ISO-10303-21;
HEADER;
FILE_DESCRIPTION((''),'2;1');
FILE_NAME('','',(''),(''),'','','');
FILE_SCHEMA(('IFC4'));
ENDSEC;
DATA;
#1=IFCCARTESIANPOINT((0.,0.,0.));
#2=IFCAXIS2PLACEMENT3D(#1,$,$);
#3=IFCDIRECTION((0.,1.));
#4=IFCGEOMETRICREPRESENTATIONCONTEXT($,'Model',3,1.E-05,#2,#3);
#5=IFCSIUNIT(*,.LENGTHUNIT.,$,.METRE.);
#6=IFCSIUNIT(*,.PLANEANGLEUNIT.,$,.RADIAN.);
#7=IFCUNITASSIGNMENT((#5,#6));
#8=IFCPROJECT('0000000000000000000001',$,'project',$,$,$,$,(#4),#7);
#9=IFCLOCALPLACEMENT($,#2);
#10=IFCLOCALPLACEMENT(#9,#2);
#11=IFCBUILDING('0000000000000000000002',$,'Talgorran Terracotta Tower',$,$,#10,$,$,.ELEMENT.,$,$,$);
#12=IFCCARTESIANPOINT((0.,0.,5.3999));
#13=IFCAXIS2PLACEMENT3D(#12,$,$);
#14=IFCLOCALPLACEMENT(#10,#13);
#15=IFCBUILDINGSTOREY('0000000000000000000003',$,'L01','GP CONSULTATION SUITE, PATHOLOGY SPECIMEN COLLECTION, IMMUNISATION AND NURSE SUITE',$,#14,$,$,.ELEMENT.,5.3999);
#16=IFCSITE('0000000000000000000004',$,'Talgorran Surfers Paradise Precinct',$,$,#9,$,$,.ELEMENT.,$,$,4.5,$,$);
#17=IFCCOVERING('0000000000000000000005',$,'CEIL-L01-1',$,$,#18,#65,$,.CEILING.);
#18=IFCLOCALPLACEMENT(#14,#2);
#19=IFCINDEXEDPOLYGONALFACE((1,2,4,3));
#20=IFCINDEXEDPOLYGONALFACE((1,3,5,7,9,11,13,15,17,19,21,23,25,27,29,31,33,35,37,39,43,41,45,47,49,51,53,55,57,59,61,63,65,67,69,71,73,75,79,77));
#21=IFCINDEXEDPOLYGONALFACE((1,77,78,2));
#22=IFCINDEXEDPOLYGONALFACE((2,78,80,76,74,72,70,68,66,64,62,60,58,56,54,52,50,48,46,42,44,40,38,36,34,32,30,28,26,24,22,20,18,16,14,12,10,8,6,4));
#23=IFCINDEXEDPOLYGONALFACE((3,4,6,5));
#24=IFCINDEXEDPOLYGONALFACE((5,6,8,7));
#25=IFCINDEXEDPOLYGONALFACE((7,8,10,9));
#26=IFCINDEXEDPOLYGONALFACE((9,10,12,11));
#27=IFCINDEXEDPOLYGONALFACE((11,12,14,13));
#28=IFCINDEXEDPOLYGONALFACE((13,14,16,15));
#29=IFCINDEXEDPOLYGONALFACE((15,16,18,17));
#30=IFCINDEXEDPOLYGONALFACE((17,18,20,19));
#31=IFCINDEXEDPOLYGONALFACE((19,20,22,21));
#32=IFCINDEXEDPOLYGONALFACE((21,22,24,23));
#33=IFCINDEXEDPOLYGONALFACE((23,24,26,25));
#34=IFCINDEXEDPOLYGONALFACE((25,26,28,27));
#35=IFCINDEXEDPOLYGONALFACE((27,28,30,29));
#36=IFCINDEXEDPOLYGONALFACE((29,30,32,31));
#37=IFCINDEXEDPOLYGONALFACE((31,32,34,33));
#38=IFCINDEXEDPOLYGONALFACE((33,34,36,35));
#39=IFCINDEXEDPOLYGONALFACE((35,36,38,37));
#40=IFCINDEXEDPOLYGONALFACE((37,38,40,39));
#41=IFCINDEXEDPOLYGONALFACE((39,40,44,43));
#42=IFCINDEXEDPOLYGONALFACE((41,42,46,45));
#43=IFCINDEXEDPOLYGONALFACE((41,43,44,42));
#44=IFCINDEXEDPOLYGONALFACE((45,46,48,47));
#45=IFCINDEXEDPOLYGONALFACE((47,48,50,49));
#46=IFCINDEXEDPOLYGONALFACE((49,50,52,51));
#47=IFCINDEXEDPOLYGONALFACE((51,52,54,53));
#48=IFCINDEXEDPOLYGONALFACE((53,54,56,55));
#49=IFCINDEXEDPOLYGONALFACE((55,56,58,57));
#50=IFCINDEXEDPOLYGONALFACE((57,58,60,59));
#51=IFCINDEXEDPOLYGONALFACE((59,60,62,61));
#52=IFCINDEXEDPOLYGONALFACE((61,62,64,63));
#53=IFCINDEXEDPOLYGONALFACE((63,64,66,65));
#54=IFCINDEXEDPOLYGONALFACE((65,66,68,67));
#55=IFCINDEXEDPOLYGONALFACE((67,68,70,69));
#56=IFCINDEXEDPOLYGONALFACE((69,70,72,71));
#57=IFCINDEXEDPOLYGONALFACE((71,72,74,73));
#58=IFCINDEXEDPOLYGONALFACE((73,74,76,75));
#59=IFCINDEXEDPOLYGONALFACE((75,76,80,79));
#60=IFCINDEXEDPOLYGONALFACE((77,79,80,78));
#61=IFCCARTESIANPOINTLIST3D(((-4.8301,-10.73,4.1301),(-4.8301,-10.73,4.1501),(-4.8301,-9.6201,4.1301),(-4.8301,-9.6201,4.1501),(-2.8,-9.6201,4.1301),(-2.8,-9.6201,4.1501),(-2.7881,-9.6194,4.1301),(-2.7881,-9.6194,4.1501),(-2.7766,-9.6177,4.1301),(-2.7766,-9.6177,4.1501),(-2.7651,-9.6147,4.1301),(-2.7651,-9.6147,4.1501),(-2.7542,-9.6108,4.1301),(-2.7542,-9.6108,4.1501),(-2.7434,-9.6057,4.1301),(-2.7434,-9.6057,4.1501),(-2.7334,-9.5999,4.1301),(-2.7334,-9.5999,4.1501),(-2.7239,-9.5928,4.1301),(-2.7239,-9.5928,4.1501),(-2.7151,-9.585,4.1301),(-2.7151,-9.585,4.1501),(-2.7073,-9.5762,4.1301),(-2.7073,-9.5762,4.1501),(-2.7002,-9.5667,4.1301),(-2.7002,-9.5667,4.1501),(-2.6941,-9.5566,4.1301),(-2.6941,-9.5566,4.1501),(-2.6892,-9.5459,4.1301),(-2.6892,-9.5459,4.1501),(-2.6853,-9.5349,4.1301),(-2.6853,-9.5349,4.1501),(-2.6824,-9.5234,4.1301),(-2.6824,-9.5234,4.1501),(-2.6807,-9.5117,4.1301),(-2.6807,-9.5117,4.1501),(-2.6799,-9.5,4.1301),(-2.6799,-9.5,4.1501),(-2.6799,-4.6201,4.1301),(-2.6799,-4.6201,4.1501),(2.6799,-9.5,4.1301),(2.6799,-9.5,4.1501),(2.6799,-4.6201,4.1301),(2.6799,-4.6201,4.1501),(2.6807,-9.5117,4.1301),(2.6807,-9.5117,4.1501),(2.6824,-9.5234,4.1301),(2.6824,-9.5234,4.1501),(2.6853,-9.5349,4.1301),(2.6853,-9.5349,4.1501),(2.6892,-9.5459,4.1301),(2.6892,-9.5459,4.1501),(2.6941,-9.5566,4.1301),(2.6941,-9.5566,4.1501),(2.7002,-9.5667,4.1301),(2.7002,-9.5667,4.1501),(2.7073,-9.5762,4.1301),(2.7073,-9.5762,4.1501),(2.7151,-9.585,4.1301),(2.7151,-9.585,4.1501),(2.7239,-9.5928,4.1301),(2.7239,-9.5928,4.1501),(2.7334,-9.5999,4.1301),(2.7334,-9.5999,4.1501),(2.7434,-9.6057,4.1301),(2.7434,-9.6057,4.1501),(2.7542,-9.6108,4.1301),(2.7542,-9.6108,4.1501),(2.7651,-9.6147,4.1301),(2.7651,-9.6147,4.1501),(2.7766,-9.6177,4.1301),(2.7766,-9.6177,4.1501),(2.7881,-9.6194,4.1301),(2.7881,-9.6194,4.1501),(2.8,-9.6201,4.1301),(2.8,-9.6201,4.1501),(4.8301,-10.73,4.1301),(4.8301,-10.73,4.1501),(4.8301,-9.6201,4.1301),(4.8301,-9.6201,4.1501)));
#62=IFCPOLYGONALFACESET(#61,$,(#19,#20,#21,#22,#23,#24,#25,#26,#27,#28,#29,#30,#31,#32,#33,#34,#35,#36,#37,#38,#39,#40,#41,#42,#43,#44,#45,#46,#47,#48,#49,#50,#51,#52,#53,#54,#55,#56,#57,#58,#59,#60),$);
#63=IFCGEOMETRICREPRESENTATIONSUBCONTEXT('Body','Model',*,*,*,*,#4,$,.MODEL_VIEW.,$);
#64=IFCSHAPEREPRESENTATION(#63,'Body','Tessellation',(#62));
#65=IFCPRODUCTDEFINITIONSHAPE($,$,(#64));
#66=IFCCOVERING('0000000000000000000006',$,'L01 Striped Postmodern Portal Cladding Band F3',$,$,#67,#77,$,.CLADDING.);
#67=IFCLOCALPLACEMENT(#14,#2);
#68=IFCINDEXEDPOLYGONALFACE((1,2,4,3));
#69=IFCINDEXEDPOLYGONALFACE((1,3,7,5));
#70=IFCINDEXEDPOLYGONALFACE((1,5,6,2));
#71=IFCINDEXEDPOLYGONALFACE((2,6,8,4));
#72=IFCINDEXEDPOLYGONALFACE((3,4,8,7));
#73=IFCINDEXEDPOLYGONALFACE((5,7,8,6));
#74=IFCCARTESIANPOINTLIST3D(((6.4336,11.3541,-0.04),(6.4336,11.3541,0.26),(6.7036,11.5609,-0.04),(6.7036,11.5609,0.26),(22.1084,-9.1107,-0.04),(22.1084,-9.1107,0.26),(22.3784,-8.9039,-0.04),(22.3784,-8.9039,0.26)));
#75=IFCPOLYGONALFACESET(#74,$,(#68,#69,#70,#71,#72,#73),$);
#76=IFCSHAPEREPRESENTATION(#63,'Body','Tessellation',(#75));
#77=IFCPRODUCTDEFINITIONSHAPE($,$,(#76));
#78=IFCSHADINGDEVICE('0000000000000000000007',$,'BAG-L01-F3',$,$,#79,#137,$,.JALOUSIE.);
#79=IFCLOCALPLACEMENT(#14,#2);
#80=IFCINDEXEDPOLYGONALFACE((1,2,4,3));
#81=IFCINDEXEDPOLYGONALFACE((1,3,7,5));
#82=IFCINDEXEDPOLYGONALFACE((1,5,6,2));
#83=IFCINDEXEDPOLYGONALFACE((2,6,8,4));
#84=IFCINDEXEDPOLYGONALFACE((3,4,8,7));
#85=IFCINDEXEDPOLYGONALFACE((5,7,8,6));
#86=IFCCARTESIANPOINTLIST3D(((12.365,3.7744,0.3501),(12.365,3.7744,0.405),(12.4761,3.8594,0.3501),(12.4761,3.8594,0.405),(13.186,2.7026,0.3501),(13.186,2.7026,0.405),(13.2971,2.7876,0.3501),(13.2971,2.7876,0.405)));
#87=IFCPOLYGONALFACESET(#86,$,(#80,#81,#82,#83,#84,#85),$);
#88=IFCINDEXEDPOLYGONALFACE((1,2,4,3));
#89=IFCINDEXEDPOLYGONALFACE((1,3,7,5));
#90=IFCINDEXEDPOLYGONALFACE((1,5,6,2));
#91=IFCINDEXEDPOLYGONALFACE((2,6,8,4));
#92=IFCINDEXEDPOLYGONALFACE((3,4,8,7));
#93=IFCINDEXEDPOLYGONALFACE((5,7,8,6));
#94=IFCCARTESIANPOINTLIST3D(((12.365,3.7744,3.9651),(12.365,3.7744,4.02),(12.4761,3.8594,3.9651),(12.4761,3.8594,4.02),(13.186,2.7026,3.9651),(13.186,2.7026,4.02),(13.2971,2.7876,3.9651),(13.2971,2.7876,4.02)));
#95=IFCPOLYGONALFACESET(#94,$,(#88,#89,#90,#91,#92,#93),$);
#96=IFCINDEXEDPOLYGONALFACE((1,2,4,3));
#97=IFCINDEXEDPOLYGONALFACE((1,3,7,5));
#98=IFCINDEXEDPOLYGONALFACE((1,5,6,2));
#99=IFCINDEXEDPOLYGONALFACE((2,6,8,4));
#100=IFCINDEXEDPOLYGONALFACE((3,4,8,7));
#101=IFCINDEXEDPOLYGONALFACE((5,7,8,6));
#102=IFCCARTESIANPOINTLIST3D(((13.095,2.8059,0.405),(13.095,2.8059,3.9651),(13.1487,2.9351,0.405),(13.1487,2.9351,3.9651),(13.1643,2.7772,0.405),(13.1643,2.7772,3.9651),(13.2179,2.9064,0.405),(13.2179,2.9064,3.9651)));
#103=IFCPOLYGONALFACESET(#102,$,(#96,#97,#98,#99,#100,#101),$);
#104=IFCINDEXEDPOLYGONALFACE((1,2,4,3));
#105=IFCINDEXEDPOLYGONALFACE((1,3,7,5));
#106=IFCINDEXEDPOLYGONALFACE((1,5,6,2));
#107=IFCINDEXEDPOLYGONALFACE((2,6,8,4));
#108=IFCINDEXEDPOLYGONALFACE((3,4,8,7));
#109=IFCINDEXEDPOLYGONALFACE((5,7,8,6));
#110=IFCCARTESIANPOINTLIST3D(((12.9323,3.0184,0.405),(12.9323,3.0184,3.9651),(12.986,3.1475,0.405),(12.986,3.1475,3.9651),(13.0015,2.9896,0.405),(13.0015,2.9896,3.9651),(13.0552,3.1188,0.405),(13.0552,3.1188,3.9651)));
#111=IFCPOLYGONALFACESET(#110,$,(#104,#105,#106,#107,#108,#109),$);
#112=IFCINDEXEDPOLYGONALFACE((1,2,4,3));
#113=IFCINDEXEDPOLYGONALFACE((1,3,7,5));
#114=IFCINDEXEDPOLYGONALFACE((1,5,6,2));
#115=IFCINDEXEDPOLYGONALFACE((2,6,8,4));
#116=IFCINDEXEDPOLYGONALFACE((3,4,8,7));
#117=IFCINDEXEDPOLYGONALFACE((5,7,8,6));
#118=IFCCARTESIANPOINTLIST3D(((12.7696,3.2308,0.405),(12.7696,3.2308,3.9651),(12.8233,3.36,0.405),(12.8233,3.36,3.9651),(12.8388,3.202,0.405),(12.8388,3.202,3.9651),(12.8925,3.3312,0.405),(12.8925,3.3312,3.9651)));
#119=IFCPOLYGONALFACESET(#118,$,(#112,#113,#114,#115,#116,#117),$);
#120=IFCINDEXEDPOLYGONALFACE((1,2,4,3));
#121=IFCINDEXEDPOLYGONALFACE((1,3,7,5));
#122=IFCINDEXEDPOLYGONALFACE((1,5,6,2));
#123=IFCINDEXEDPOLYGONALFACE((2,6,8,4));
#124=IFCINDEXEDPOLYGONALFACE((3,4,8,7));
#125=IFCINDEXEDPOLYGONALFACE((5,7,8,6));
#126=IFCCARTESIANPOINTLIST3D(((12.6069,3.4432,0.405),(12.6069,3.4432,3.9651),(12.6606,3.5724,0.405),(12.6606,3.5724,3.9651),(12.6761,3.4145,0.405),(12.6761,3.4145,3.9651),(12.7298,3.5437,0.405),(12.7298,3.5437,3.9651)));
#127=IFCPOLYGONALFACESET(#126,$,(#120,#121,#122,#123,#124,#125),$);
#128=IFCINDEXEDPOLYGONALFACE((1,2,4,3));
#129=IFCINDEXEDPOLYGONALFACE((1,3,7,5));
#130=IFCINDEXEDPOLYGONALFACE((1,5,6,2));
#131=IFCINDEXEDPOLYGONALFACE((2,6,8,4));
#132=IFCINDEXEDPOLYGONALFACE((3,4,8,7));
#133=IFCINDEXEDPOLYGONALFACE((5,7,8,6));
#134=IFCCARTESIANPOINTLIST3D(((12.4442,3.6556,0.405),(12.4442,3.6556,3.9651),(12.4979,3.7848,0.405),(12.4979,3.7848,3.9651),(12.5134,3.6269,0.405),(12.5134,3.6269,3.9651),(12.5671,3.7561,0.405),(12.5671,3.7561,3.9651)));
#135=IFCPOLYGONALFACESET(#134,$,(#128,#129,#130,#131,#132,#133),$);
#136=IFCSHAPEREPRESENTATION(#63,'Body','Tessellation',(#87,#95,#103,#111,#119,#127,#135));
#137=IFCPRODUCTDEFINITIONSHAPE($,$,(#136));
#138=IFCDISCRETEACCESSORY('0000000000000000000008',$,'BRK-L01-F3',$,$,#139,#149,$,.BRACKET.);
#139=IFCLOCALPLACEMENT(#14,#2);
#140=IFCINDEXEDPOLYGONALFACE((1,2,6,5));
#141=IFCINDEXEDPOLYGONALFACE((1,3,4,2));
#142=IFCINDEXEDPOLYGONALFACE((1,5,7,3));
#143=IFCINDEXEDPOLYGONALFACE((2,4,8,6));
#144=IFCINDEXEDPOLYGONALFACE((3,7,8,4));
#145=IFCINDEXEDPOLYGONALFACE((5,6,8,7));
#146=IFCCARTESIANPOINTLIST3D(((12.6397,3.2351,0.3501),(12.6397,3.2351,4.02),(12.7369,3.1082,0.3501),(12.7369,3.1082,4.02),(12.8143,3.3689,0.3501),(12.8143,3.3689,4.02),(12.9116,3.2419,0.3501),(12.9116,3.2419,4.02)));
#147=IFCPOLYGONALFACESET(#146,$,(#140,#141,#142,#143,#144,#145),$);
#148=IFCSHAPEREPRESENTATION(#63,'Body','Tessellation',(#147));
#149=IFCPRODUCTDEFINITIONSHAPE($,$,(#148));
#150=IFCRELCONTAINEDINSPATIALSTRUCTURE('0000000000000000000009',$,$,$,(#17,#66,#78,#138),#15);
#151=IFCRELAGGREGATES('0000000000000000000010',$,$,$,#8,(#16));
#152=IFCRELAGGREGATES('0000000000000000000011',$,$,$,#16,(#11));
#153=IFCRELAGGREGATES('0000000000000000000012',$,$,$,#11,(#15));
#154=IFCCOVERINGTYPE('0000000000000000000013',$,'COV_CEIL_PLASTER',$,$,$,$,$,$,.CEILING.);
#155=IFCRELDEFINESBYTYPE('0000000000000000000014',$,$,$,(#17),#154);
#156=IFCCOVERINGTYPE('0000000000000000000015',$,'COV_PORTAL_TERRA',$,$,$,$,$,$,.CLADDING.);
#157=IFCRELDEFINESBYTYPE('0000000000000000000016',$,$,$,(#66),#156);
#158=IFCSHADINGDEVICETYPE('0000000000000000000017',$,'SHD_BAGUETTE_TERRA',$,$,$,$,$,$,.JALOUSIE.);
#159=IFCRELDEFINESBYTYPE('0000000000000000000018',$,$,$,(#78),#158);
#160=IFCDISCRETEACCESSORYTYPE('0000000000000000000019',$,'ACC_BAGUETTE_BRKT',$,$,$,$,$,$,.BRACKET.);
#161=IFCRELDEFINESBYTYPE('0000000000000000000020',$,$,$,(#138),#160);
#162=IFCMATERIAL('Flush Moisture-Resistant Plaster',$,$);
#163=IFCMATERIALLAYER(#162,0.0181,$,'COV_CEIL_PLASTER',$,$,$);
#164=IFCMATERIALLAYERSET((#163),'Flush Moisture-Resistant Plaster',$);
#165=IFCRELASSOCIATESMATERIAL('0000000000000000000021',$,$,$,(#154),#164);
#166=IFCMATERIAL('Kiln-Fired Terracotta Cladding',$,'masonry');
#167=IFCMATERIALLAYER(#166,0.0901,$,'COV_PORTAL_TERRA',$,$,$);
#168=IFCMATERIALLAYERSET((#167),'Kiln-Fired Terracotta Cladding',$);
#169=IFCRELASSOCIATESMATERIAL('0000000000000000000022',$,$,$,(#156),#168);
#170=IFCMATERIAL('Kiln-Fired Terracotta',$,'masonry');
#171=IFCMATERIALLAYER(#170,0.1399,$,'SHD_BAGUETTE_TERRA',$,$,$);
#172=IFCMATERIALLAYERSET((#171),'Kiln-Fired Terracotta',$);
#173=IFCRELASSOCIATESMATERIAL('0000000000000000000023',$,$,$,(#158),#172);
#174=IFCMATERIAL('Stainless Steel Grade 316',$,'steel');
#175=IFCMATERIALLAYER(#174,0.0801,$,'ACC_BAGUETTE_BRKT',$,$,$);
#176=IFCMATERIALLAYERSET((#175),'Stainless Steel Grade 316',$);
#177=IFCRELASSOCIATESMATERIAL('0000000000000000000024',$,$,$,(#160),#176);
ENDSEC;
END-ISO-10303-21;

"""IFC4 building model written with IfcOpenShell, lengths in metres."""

from ifc_helpers import new_model, si_unit, direction, frame, origin, origin_2d, place, context, subcontext, project, spatial, polyline, rectangle, outline, extrude, source, transform, mapped, material, layer, layer_set, type_object, type_shapes, element, save


model = new_model("IFC4")

# Units and contexts
model_context = context("Model", 3, precision=1e-05, world=origin(), true_north=direction((0.0, 1.0)))
body_context = subcontext(model_context, "Body", "Model", "MODEL_VIEW")
ifc_project = project(units=[si_unit("LENGTHUNIT", "METRE"), si_unit("PLANEANGLEUNIT", "RADIAN")], contexts=[model_context])

# Site, building, storey
site_placement = place(None, origin())
site = spatial("IfcSite", under=ifc_project, at=site_placement, Name="Talgorran Surfers Paradise Precinct", CompositionType="ELEMENT", RefElevation=4.5)
building_placement = place(site_placement, origin())
building = spatial("IfcBuilding", under=site, at=building_placement, Name="Talgorran Terracotta Tower", CompositionType="ELEMENT")
storey_placement = place(building_placement, frame((0.0, 0.0, 5.3999)))
storey = spatial("IfcBuildingStorey", under=building, at=storey_placement, Name="L01", Description="GP CONSULTATION SUITE, PATHOLOGY SPECIMEN COLLECTION, IMMUNISATION AND NURSE SUITE", CompositionType="ELEMENT", Elevation=5.3999)

# Coverings
ifc_material_1 = material(Name="Flush Moisture-Resistant Plaster")
ifc_layer_1 = layer(ifc_material_1, 0.0181, Name="COV_CEIL_PLASTER")
ifc_layer_set_1 = layer_set([ifc_layer_1], Name="Flush Moisture-Resistant Plaster")
covering_type_1 = type_object("IfcCoveringType", Name="COV_CEIL_PLASTER", PredefinedType="CEILING", material=ifc_layer_set_1)
covering_1_placement = place(storey_placement, frame((0.0, 0.0, 4.1301)))
element("IfcCovering", 1, at=covering_1_placement, inside=storey, type_object=covering_type_1, Name="CEIL-L01-1", PredefinedType="CEILING", context=body_context, shape_type="SweptSolid", body=[
    extrude(outline(polyline([(-4.8301, -9.6201), (-2.8, -9.6201), (-2.7881, -9.6194), (-2.7766, -9.6177), (-2.7651, -9.6147), (-2.7542, -9.6108), (-2.7434, -9.6057), (-2.7334, -9.5999), (-2.7239, -9.5928), (-2.7151, -9.585), (-2.7073, -9.5762), (-2.7002, -9.5667), (-2.6941, -9.5566), (-2.6892, -9.5459), (-2.6853, -9.5349), (-2.6824, -9.5234), (-2.6807, -9.5117), (-2.6799, -9.5), (-2.6799, -4.6201), (2.6799, -4.6201), (2.6799, -9.5), (2.6807, -9.5117), (2.6824, -9.5234), (2.6853, -9.5349), (2.6892, -9.5459), (2.6941, -9.5566), (2.7002, -9.5667), (2.7073, -9.5762), (2.7151, -9.585), (2.7239, -9.5928), (2.7334, -9.5999), (2.7434, -9.6057), (2.7542, -9.6108), (2.7651, -9.6147), (2.7766, -9.6177), (2.7881, -9.6194), (2.8, -9.6201), (4.8301, -9.6201), (4.8301, -10.73), (-4.8301, -10.73), (-4.8301, -9.6201)])), origin(), (0.0, 0.0, 1.0), 0.02),
])
ifc_material_2 = material(Name="Kiln-Fired Terracotta Cladding", Category="masonry")
ifc_layer_2 = layer(ifc_material_2, 0.0901, Name="COV_PORTAL_TERRA")
ifc_layer_set_2 = layer_set([ifc_layer_2], Name="Kiln-Fired Terracotta Cladding")
covering_type_2 = type_object("IfcCoveringType", Name="COV_PORTAL_TERRA", PredefinedType="CLADDING", material=ifc_layer_set_2)
covering_2_placement = place(storey_placement, frame((14.406, 1.2251, -0.04), z_axis=(0.0, 0.0, 1.0), x_axis=(-0.608069, 0.793884, 0.0)))
element("IfcCovering", 2, at=covering_2_placement, inside=storey, type_object=covering_type_2, Name="L01 Striped Postmodern Portal Cladding Band F3", PredefinedType="CLADDING", context=body_context, shape_type="SweptSolid", body=[
    extrude(rectangle(XDim=25.7781, YDim=0.3401, at=origin_2d()), origin(), (0.0, 0.0, 1.0), 0.3),
])

# Shading device
ifc_material_3 = material(Name="Kiln-Fired Terracotta", Category="masonry")
ifc_layer_3 = layer(ifc_material_3, 0.1399, Name="SHD_BAGUETTE_TERRA")
ifc_layer_set_3 = layer_set([ifc_layer_3], Name="Kiln-Fired Terracotta")
shading_device_type = type_object("IfcShadingDeviceType", Name="SHD_BAGUETTE_TERRA", PredefinedType="JALOUSIE", material=ifc_layer_set_3)
shared_shape_1 = source(origin(), body_context, "Body", "SweptSolid", [
    extrude(rectangle(XDim=1.3501, YDim=0.1399, at=origin_2d()), origin(), (0.0, 0.0, 1.0), 0.0549),
    extrude(rectangle(XDim=1.3501, YDim=0.1399, at=origin_2d()), frame((0.0, 0.0, 3.615)), (0.0, 0.0, 1.0), 0.0549),
    extrude(rectangle(XDim=0.075, YDim=0.1399, at=origin_2d()), frame((-0.5352, 0.0, 0.0549), z_axis=(0.0, 0.0, 1.0), x_axis=(0.866025, 0.5, 0.0)), (0.0, 0.0, 1.0), 3.5601),
    extrude(rectangle(XDim=0.075, YDim=0.1399, at=origin_2d()), frame((-0.2676, 0.0, 0.0549), z_axis=(0.0, 0.0, 1.0), x_axis=(0.866025, 0.5, 0.0)), (0.0, 0.0, 1.0), 3.5601),
    extrude(rectangle(XDim=0.075, YDim=0.1399, at=origin_2d()), frame((0.0, 0.0, 0.0549), z_axis=(0.0, 0.0, 1.0), x_axis=(0.866025, 0.5, 0.0)), (0.0, 0.0, 1.0), 3.5601),
    extrude(rectangle(XDim=0.075, YDim=0.1399, at=origin_2d()), frame((0.2676, 0.0, 0.0549), z_axis=(0.0, 0.0, 1.0), x_axis=(0.866025, 0.5, 0.0)), (0.0, 0.0, 1.0), 3.5601),
    extrude(rectangle(XDim=0.075, YDim=0.1399, at=origin_2d()), frame((0.5352, 0.0, 0.0549), z_axis=(0.0, 0.0, 1.0), x_axis=(0.866025, 0.5, 0.0)), (0.0, 0.0, 1.0), 3.5601),
])
type_shapes(shading_device_type, [shared_shape_1])
shading_device_placement = place(storey_placement, frame((12.8311, 3.281, 0.3501), z_axis=(0.0, 0.0, 1.0), x_axis=(-0.608069, 0.793884, 0.0)))
element("IfcShadingDevice", 3, at=shading_device_placement, inside=storey, type_object=shading_device_type, Name="BAG-L01-F3", PredefinedType="JALOUSIE", context=body_context, shape_type="MappedRepresentation", body=[
    mapped(shared_shape_1, transform((0.0, 0.0, 0.0), scale=1.0)),
])

# Discrete accessory
ifc_material_4 = material(Name="Stainless Steel Grade 316", Category="steel")
ifc_layer_4 = layer(ifc_material_4, 0.0801, Name="ACC_BAGUETTE_BRKT")
ifc_layer_set_4 = layer_set([ifc_layer_4], Name="Stainless Steel Grade 316")
discrete_accessory_type = type_object("IfcDiscreteAccessoryType", Name="ACC_BAGUETTE_BRKT", PredefinedType="BRACKET", material=ifc_layer_set_4)
shared_shape_2 = source(origin(), body_context, "Body", "SweptSolid", [
    extrude(rectangle(XDim=0.1599, YDim=0.22, at=origin_2d()), origin(), (0.0, 0.0, 1.0), 3.6699),
])
type_shapes(discrete_accessory_type, [shared_shape_2])
discrete_accessory_placement = place(storey_placement, frame((12.7756, 3.2385, 0.3501), z_axis=(0.0, 0.0, 1.0), x_axis=(-0.608069, 0.793884, 0.0)))
element("IfcDiscreteAccessory", 4, at=discrete_accessory_placement, inside=storey, type_object=discrete_accessory_type, Name="BRK-L01-F3", PredefinedType="BRACKET", context=body_context, shape_type="MappedRepresentation", body=[
    mapped(shared_shape_2, transform((0.0, 0.0, 0.0), scale=1.0)),
])

save(model, "model.ifc")
